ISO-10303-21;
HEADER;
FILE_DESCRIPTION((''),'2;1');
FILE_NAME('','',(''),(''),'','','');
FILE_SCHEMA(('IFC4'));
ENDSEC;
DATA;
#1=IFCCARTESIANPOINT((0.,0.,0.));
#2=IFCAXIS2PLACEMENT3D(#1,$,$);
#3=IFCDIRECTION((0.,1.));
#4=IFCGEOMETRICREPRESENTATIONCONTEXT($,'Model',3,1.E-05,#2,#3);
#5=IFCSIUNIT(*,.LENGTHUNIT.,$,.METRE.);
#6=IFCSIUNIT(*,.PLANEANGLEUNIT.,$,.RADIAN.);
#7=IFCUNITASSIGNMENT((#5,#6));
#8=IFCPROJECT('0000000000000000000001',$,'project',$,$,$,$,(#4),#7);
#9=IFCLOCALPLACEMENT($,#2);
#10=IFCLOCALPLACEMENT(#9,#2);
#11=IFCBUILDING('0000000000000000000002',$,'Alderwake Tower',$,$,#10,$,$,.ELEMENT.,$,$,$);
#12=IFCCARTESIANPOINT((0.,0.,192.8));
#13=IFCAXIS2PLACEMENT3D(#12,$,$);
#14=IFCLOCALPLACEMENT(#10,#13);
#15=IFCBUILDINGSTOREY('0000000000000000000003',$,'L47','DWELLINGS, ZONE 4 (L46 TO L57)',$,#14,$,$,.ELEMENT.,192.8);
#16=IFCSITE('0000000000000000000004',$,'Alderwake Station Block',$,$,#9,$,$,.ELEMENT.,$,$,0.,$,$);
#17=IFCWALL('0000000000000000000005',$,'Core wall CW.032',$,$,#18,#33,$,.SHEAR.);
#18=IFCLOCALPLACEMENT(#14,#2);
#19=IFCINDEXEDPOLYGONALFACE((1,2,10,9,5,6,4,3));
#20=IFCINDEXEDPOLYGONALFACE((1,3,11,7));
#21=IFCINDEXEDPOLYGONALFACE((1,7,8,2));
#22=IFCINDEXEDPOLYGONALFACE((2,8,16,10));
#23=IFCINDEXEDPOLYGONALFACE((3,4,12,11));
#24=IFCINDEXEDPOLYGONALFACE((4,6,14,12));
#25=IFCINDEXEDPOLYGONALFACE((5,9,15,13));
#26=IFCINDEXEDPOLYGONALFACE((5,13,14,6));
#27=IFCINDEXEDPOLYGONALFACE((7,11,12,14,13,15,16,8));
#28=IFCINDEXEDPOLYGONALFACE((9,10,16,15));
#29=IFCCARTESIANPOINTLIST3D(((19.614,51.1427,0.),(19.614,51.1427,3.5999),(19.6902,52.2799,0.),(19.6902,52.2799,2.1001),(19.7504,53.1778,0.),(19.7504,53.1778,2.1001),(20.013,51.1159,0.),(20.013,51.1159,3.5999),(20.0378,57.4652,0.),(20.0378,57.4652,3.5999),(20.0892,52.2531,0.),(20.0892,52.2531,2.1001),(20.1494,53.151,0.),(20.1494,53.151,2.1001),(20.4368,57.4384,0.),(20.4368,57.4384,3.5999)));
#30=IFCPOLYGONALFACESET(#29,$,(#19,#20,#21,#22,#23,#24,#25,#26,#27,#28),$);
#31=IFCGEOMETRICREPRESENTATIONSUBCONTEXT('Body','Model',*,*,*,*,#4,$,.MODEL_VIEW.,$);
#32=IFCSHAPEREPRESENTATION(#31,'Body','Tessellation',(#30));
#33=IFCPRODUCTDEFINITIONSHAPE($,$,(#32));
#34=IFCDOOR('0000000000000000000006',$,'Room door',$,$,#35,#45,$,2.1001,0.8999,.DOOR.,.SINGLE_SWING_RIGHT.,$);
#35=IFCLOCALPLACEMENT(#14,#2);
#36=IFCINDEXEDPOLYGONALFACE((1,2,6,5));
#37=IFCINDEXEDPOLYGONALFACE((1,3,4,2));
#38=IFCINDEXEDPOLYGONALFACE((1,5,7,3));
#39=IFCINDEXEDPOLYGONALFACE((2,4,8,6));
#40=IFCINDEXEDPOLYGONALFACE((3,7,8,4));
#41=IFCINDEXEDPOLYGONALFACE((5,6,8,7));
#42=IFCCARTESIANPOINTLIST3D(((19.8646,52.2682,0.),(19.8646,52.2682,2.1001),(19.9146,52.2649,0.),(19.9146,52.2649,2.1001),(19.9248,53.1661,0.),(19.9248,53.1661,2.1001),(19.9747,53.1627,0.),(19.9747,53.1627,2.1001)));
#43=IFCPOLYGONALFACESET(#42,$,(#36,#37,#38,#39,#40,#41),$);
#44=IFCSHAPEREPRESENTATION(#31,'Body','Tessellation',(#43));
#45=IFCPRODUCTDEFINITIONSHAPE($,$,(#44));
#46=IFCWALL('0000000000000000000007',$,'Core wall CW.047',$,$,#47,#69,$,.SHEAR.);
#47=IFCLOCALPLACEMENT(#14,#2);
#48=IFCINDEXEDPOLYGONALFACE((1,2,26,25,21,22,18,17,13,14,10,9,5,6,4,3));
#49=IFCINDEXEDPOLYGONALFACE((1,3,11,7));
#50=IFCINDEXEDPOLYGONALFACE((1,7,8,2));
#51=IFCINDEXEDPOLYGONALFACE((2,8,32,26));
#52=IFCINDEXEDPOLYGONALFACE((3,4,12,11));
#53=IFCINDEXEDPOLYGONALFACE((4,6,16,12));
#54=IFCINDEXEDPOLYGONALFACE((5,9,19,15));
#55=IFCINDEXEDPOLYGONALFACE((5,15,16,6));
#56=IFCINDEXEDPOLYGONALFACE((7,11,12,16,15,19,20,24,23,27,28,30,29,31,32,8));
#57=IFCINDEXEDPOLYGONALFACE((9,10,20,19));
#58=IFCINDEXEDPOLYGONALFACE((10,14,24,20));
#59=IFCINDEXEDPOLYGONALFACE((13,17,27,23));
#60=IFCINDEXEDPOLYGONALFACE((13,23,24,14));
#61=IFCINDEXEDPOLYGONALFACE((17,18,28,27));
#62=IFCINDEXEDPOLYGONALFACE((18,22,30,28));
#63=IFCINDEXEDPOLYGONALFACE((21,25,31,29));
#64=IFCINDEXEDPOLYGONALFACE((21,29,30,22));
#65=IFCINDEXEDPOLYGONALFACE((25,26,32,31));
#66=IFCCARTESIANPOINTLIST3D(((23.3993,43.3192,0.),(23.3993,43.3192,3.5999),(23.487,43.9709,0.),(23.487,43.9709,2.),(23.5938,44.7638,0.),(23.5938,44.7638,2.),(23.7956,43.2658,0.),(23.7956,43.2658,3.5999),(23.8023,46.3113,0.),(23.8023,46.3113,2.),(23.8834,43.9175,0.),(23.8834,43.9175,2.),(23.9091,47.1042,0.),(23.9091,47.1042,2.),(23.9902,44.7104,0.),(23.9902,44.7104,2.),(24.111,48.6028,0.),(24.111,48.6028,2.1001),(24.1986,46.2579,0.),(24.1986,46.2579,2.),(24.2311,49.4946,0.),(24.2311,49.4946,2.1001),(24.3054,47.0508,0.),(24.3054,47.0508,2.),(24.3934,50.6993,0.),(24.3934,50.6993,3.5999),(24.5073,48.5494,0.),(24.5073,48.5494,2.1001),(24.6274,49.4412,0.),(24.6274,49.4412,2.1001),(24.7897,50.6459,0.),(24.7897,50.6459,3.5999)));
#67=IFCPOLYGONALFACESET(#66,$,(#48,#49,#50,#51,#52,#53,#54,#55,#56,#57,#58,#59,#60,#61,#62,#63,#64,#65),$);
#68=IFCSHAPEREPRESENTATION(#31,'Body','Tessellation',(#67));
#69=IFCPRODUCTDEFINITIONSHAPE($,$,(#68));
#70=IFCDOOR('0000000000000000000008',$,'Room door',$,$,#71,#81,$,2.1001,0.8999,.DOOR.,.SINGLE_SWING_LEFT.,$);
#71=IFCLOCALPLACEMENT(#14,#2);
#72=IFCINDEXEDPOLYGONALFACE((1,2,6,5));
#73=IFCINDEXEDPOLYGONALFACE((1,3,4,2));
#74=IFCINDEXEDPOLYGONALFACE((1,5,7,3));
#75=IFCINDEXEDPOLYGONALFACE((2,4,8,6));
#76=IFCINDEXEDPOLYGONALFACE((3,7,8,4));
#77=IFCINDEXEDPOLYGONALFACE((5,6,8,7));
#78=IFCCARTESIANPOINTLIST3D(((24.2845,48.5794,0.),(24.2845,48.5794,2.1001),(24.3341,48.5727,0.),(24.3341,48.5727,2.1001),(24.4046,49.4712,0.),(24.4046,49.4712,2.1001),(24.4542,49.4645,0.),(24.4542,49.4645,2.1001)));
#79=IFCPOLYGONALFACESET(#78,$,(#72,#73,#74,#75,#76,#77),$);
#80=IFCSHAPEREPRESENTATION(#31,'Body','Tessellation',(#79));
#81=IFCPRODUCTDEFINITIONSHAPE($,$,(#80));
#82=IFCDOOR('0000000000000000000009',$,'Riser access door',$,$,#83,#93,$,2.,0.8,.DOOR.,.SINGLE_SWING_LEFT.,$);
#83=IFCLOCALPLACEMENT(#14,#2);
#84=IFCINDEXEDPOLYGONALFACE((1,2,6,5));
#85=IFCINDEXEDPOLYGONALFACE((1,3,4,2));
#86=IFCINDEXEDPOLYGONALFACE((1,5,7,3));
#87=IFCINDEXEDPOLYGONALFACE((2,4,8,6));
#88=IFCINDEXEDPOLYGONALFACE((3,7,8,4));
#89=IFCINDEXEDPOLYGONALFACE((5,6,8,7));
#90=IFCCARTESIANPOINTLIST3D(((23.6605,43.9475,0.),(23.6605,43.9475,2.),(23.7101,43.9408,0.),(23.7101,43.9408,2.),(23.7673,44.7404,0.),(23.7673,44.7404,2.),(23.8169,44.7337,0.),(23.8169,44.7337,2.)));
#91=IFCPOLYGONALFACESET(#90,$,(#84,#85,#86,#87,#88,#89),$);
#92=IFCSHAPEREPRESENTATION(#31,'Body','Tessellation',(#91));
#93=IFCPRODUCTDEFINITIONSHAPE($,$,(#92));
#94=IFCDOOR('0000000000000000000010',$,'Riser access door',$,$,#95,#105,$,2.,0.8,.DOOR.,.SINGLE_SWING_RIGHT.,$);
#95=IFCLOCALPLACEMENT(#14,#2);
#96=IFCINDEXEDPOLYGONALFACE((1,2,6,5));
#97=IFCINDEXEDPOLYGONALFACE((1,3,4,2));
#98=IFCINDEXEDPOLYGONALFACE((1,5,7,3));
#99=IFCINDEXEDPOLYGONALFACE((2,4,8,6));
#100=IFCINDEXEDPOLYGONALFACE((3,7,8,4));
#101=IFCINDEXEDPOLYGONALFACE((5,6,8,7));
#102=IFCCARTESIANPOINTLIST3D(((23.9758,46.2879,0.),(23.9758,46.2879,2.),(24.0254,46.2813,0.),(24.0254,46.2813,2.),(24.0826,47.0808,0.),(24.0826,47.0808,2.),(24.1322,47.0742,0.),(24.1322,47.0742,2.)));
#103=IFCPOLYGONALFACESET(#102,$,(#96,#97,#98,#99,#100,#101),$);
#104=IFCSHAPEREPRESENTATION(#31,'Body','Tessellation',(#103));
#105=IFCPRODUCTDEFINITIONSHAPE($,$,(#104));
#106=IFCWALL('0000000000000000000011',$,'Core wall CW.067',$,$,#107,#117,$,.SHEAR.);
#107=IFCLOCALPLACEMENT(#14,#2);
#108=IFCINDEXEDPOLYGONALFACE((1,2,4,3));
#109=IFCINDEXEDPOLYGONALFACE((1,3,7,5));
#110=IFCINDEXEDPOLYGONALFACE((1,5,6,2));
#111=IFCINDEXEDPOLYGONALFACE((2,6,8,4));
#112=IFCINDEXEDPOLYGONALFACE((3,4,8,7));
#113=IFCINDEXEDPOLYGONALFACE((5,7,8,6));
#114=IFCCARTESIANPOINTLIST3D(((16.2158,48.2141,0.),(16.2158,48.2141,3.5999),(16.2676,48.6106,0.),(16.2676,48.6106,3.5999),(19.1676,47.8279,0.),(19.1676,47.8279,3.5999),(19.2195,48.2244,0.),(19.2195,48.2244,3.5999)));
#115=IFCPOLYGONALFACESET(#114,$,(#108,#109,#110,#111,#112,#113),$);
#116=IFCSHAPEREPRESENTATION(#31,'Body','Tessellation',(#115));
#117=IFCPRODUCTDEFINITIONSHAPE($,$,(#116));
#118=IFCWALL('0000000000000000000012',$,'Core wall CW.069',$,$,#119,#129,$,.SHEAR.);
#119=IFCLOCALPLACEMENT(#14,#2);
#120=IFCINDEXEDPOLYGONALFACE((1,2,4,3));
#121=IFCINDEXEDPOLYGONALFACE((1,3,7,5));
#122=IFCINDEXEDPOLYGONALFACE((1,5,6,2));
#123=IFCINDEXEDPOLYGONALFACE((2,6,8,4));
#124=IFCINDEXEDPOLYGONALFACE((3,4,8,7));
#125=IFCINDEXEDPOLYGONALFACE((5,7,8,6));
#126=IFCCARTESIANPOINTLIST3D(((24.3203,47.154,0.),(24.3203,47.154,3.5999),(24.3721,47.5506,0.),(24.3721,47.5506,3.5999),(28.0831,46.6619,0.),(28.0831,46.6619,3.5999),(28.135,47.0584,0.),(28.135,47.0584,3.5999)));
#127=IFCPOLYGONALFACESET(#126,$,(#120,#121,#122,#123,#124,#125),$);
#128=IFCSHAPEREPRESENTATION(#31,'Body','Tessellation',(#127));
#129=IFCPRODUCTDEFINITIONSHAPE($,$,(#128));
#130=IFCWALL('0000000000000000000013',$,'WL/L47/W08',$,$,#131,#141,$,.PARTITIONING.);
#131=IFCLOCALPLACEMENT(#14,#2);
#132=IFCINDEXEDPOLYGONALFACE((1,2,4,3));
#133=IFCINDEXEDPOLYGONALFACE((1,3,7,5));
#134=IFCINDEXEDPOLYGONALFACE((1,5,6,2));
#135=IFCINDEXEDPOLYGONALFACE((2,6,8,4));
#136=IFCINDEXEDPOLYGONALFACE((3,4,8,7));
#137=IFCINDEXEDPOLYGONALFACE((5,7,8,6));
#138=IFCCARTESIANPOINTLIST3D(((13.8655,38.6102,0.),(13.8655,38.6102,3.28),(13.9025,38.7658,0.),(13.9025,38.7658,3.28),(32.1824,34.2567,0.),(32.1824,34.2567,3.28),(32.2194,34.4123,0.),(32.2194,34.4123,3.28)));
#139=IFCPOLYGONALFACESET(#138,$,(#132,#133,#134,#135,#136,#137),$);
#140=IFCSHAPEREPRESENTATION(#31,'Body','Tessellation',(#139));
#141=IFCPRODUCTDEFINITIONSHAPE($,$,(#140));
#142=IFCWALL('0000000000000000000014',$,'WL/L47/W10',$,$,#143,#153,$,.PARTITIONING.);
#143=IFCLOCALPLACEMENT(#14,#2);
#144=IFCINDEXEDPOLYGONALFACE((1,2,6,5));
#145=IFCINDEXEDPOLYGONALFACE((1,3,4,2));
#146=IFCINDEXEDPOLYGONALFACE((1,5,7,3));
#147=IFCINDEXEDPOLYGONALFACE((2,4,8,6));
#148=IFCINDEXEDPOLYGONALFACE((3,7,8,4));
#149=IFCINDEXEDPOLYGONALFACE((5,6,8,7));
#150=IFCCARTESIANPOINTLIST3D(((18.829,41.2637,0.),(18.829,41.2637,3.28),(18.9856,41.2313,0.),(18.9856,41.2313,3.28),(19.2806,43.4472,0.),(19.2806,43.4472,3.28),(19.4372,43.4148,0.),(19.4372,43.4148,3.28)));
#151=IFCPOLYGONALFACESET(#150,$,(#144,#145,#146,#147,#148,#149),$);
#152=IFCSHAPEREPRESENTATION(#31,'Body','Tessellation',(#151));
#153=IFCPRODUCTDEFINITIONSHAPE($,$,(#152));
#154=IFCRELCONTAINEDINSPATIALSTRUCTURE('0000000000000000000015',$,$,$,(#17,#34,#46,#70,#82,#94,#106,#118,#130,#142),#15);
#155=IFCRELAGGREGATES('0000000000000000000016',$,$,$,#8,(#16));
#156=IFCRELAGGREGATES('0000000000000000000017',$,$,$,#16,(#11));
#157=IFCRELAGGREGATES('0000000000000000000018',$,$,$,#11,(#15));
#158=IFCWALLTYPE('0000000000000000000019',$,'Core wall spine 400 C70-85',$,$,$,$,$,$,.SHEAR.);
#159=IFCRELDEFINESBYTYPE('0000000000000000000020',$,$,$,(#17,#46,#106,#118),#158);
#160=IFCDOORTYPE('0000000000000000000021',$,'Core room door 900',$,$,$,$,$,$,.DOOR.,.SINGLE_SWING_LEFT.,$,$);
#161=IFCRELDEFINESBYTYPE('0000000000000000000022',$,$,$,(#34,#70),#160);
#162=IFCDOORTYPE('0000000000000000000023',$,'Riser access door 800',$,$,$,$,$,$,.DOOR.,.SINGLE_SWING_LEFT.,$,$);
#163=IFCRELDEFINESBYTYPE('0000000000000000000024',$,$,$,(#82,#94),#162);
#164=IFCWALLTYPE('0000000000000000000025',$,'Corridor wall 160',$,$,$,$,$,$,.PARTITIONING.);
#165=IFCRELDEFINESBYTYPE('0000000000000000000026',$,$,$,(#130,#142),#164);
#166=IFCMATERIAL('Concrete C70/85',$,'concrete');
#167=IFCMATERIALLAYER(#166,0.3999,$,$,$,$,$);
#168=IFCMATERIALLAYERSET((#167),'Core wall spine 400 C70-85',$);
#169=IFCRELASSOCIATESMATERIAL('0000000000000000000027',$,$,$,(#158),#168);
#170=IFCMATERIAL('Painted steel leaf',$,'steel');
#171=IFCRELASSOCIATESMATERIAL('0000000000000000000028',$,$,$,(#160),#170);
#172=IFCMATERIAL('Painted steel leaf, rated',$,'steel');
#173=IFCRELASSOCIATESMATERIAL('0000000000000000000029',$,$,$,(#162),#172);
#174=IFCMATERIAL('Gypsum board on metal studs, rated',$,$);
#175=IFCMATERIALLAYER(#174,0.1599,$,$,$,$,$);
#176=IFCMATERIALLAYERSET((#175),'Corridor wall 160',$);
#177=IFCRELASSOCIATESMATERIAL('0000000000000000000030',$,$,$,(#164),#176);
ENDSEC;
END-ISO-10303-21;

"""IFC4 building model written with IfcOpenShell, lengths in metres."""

from ifc_helpers import new_model, si_unit, direction, frame, frame_2d, origin, place, context, subcontext, project, spatial, rectangle, extrude, material, layer, layer_set, type_object, element, fill, save


model = new_model("IFC4")

# Units and contexts
model_context = context("Model", 3, precision=1e-05, world=origin(), true_north=direction((0.0, 1.0)))
body_context = subcontext(model_context, "Body", "Model", "MODEL_VIEW")
ifc_project = project(units=[si_unit("LENGTHUNIT", "METRE"), si_unit("PLANEANGLEUNIT", "RADIAN")], contexts=[model_context])

# Site, building, storey
site_placement = place(None, origin())
site = spatial("IfcSite", under=ifc_project, at=site_placement, Name="Alderwake Station Block", CompositionType="ELEMENT", RefElevation=0.0)
building_placement = place(site_placement, origin())
building = spatial("IfcBuilding", under=site, at=building_placement, Name="Alderwake Tower", CompositionType="ELEMENT")
storey_placement = place(building_placement, frame((0.0, 0.0, 192.8)))
storey = spatial("IfcBuildingStorey", under=building, at=storey_placement, Name="L47", Description="DWELLINGS, ZONE 4 (L46 TO L57)", CompositionType="ELEMENT", Elevation=192.8)

# Shared definitions
ifc_material_1 = material(Name="Concrete C70/85", Category="concrete")
ifc_layer_1 = layer(ifc_material_1, 0.3999)
ifc_layer_set_1 = layer_set([ifc_layer_1], Name="Core wall spine 400 C70-85")
wall_type_1 = type_object("IfcWallType", Name="Core wall spine 400 C70-85", PredefinedType="SHEAR", material=ifc_layer_set_1)
ifc_material_2 = material(Name="Painted steel leaf", Category="steel")
door_type_1 = type_object("IfcDoorType", Name="Core room door 900", OperationType="SINGLE_SWING_LEFT", PredefinedType="DOOR", material=ifc_material_2)
ifc_material_3 = material(Name="Painted steel leaf, rated", Category="steel")
door_type_2 = type_object("IfcDoorType", Name="Riser access door 800", OperationType="SINGLE_SWING_LEFT", PredefinedType="DOOR", material=ifc_material_3)

# Wall, opening, door
wall_1_placement = place(storey_placement, frame((20.2373, 57.4519, 0.0), z_axis=(0.0, 0.0, 1.0), x_axis=(-0.066885, -0.997761, 0.0)))
wall_1 = element("IfcWall", 1, at=wall_1_placement, inside=storey, type_object=wall_type_1, Name="Core wall CW.032", PredefinedType="SHEAR", context=body_context, shape_type="SweptSolid", body=[
    extrude(rectangle(XDim=6.3367, YDim=0.3999, at=frame_2d((3.1685, 0.0))), origin(), (0.0, 0.0, 1.0), 3.5999),
])
opening_1_placement = place(wall_1_placement, frame((4.2971, 0.0, 0.0)))
opening_1 = element("IfcOpeningElement", 2, at=opening_1_placement, cuts=wall_1, PredefinedType="OPENING", context=body_context, shape_type="SweptSolid", body=[
    extrude(rectangle(XDim=0.8999, YDim=2.1001, at=frame_2d((0.45, 1.05))), frame((0.0, 0.21, 0.0), z_axis=(0.0, -1.0, 0.0), x_axis=(1.0, 0.0, 0.0)), (0.0, 0.0, 1.0), 0.4199),
])
door_1_placement = place(opening_1_placement, origin())
door_1 = element("IfcDoor", 3, at=door_1_placement, inside=storey, type_object=door_type_1, Name="Room door", OperationType="SINGLE_SWING_RIGHT", OverallHeight=2.1001, OverallWidth=0.8999, PredefinedType="DOOR", context=body_context, shape_type="SweptSolid", body=[
    extrude(rectangle(XDim=0.8999, YDim=2.1001, at=frame_2d((0.45, 1.05))), frame((0.0, 0.0249, 0.0), z_axis=(0.0, -1.0, 0.0), x_axis=(1.0, 0.0, 0.0)), (0.0, 0.0, 1.0), 0.05),
])
fill(opening_1, door_1)

# Wall, openings, doors
wall_2_placement = place(storey_placement, frame((23.5974, 43.2925, 0.0), z_axis=(0.0, 0.0, 1.0), x_axis=(0.133499, 0.991049, 0.0)))
wall_2 = element("IfcWall", 4, at=wall_2_placement, inside=storey, type_object=wall_type_1, Name="Core wall CW.047", PredefinedType="SHEAR", context=body_context, shape_type="SweptSolid", body=[
    extrude(rectangle(XDim=7.4468, YDim=0.3999, at=frame_2d((3.7234, 0.0))), origin(), (0.0, 0.0, 1.0), 3.5999),
])
opening_2_placement = place(wall_2_placement, frame((0.6577, 0.0, 0.0)))
opening_2 = element("IfcOpeningElement", 5, at=opening_2_placement, cuts=wall_2, PredefinedType="OPENING", context=body_context, shape_type="SweptSolid", body=[
    extrude(rectangle(XDim=0.8, YDim=2.0, at=frame_2d((0.3999, 1.0))), frame((0.0, 0.21, 0.0), z_axis=(0.0, -1.0, 0.0), x_axis=(1.0, 0.0, 0.0)), (0.0, 0.0, 1.0), 0.4199),
])
opening_3_placement = place(wall_2_placement, frame((3.0193, 0.0, 0.0)))
opening_3 = element("IfcOpeningElement", 6, at=opening_3_placement, cuts=wall_2, PredefinedType="OPENING", context=body_context, shape_type="SweptSolid", body=[
    extrude(rectangle(XDim=0.8, YDim=2.0, at=frame_2d((0.3999, 1.0))), frame((0.0, 0.21, 0.0), z_axis=(0.0, -1.0, 0.0), x_axis=(1.0, 0.0, 0.0)), (0.0, 0.0, 1.0), 0.4199),
])
opening_4_placement = place(wall_2_placement, frame((5.3313, 0.0, 0.0)))
opening_4 = element("IfcOpeningElement", 7, at=opening_4_placement, cuts=wall_2, PredefinedType="OPENING", context=body_context, shape_type="SweptSolid", body=[
    extrude(rectangle(XDim=0.8999, YDim=2.1001, at=frame_2d((0.45, 1.05))), frame((0.0, 0.21, 0.0), z_axis=(0.0, -1.0, 0.0), x_axis=(1.0, 0.0, 0.0)), (0.0, 0.0, 1.0), 0.4199),
])
door_2_placement = place(opening_4_placement, origin())
door_2 = element("IfcDoor", 8, at=door_2_placement, inside=storey, type_object=door_type_1, Name="Room door", OperationType="SINGLE_SWING_LEFT", OverallHeight=2.1001, OverallWidth=0.8999, PredefinedType="DOOR", context=body_context, shape_type="SweptSolid", body=[
    extrude(rectangle(XDim=0.8999, YDim=2.1001, at=frame_2d((0.45, 1.05))), frame((0.0, 0.0249, 0.0), z_axis=(0.0, -1.0, 0.0), x_axis=(1.0, 0.0, 0.0)), (0.0, 0.0, 1.0), 0.05),
])
fill(opening_4, door_2)
door_3_placement = place(opening_2_placement, origin())
door_3 = element("IfcDoor", 9, at=door_3_placement, inside=storey, type_object=door_type_2, Name="Riser access door", OperationType="SINGLE_SWING_LEFT", OverallHeight=2.0, OverallWidth=0.8, PredefinedType="DOOR", context=body_context, shape_type="SweptSolid", body=[
    extrude(rectangle(XDim=0.8, YDim=2.0, at=frame_2d((0.3999, 1.0))), frame((0.0, 0.0249, 0.0), z_axis=(0.0, -1.0, 0.0), x_axis=(1.0, 0.0, 0.0)), (0.0, 0.0, 1.0), 0.05),
])
fill(opening_2, door_3)
door_4_placement = place(opening_3_placement, origin())
door_4 = element("IfcDoor", 10, at=door_4_placement, inside=storey, type_object=door_type_2, Name="Riser access door", OperationType="SINGLE_SWING_RIGHT", OverallHeight=2.0, OverallWidth=0.8, PredefinedType="DOOR", context=body_context, shape_type="SweptSolid", body=[
    extrude(rectangle(XDim=0.8, YDim=2.0, at=frame_2d((0.3999, 1.0))), frame((0.0, 0.0249, 0.0), z_axis=(0.0, -1.0, 0.0), x_axis=(1.0, 0.0, 0.0)), (0.0, 0.0, 1.0), 0.05),
])
fill(opening_3, door_4)

# Walls
wall_3_placement = place(storey_placement, frame((16.2417, 48.4124, 0.0), z_axis=(0.0, 0.0, 1.0), x_axis=(0.991549, -0.129735, 0.0)))
element("IfcWall", 11, at=wall_3_placement, inside=storey, type_object=wall_type_1, Name="Core wall CW.067", PredefinedType="SHEAR", context=body_context, shape_type="SweptSolid", body=[
    extrude(rectangle(XDim=2.9771, YDim=0.3999, at=frame_2d((1.4885, 0.0))), origin(), (0.0, 0.0, 1.0), 3.5999),
])
wall_4_placement = place(storey_placement, frame((24.3462, 47.3523, 0.0), z_axis=(0.0, 0.0, 1.0), x_axis=(0.991554, -0.129694, 0.0)))
element("IfcWall", 12, at=wall_4_placement, inside=storey, type_object=wall_type_1, Name="Core wall CW.069", PredefinedType="SHEAR", context=body_context, shape_type="SweptSolid", body=[
    extrude(rectangle(XDim=3.7949, YDim=0.3999, at=frame_2d((1.8975, 0.0))), origin(), (0.0, 0.0, 1.0), 3.5999),
])
ifc_material_4 = material(Name="Gypsum board on metal studs, rated")
ifc_layer_2 = layer(ifc_material_4, 0.1599)
ifc_layer_set_2 = layer_set([ifc_layer_2], Name="Corridor wall 160")
wall_type_2 = type_object("IfcWallType", Name="Corridor wall 160", PredefinedType="PARTITIONING", material=ifc_layer_set_2)
wall_5_placement = place(storey_placement, frame((13.884, 38.688, 0.0), z_axis=(0.0, 0.0, 1.0), x_axis=(0.972898, -0.231236, 0.0)))
element("IfcWall", 13, at=wall_5_placement, inside=storey, type_object=wall_type_2, Name="WL/L47/W08", PredefinedType="PARTITIONING", context=body_context, shape_type="SweptSolid", body=[
    extrude(rectangle(XDim=18.8271, YDim=0.1599, at=frame_2d((9.4136, 0.0))), origin(), (0.0, 0.0, 1.0), 3.28),
])
wall_6_placement = place(storey_placement, frame((19.3589, 43.4309, 0.0), z_axis=(0.0, 0.0, 1.0), x_axis=(-0.202555, -0.979271, 0.0)))
element("IfcWall", 14, at=wall_6_placement, inside=storey, type_object=wall_type_2, Name="WL/L47/W10", PredefinedType="PARTITIONING", context=body_context, shape_type="SweptSolid", body=[
    extrude(rectangle(XDim=2.2297, YDim=0.1599, at=frame_2d((1.1147, 0.0))), origin(), (0.0, 0.0, 1.0), 3.28),
])

save(model, "model.ifc")
